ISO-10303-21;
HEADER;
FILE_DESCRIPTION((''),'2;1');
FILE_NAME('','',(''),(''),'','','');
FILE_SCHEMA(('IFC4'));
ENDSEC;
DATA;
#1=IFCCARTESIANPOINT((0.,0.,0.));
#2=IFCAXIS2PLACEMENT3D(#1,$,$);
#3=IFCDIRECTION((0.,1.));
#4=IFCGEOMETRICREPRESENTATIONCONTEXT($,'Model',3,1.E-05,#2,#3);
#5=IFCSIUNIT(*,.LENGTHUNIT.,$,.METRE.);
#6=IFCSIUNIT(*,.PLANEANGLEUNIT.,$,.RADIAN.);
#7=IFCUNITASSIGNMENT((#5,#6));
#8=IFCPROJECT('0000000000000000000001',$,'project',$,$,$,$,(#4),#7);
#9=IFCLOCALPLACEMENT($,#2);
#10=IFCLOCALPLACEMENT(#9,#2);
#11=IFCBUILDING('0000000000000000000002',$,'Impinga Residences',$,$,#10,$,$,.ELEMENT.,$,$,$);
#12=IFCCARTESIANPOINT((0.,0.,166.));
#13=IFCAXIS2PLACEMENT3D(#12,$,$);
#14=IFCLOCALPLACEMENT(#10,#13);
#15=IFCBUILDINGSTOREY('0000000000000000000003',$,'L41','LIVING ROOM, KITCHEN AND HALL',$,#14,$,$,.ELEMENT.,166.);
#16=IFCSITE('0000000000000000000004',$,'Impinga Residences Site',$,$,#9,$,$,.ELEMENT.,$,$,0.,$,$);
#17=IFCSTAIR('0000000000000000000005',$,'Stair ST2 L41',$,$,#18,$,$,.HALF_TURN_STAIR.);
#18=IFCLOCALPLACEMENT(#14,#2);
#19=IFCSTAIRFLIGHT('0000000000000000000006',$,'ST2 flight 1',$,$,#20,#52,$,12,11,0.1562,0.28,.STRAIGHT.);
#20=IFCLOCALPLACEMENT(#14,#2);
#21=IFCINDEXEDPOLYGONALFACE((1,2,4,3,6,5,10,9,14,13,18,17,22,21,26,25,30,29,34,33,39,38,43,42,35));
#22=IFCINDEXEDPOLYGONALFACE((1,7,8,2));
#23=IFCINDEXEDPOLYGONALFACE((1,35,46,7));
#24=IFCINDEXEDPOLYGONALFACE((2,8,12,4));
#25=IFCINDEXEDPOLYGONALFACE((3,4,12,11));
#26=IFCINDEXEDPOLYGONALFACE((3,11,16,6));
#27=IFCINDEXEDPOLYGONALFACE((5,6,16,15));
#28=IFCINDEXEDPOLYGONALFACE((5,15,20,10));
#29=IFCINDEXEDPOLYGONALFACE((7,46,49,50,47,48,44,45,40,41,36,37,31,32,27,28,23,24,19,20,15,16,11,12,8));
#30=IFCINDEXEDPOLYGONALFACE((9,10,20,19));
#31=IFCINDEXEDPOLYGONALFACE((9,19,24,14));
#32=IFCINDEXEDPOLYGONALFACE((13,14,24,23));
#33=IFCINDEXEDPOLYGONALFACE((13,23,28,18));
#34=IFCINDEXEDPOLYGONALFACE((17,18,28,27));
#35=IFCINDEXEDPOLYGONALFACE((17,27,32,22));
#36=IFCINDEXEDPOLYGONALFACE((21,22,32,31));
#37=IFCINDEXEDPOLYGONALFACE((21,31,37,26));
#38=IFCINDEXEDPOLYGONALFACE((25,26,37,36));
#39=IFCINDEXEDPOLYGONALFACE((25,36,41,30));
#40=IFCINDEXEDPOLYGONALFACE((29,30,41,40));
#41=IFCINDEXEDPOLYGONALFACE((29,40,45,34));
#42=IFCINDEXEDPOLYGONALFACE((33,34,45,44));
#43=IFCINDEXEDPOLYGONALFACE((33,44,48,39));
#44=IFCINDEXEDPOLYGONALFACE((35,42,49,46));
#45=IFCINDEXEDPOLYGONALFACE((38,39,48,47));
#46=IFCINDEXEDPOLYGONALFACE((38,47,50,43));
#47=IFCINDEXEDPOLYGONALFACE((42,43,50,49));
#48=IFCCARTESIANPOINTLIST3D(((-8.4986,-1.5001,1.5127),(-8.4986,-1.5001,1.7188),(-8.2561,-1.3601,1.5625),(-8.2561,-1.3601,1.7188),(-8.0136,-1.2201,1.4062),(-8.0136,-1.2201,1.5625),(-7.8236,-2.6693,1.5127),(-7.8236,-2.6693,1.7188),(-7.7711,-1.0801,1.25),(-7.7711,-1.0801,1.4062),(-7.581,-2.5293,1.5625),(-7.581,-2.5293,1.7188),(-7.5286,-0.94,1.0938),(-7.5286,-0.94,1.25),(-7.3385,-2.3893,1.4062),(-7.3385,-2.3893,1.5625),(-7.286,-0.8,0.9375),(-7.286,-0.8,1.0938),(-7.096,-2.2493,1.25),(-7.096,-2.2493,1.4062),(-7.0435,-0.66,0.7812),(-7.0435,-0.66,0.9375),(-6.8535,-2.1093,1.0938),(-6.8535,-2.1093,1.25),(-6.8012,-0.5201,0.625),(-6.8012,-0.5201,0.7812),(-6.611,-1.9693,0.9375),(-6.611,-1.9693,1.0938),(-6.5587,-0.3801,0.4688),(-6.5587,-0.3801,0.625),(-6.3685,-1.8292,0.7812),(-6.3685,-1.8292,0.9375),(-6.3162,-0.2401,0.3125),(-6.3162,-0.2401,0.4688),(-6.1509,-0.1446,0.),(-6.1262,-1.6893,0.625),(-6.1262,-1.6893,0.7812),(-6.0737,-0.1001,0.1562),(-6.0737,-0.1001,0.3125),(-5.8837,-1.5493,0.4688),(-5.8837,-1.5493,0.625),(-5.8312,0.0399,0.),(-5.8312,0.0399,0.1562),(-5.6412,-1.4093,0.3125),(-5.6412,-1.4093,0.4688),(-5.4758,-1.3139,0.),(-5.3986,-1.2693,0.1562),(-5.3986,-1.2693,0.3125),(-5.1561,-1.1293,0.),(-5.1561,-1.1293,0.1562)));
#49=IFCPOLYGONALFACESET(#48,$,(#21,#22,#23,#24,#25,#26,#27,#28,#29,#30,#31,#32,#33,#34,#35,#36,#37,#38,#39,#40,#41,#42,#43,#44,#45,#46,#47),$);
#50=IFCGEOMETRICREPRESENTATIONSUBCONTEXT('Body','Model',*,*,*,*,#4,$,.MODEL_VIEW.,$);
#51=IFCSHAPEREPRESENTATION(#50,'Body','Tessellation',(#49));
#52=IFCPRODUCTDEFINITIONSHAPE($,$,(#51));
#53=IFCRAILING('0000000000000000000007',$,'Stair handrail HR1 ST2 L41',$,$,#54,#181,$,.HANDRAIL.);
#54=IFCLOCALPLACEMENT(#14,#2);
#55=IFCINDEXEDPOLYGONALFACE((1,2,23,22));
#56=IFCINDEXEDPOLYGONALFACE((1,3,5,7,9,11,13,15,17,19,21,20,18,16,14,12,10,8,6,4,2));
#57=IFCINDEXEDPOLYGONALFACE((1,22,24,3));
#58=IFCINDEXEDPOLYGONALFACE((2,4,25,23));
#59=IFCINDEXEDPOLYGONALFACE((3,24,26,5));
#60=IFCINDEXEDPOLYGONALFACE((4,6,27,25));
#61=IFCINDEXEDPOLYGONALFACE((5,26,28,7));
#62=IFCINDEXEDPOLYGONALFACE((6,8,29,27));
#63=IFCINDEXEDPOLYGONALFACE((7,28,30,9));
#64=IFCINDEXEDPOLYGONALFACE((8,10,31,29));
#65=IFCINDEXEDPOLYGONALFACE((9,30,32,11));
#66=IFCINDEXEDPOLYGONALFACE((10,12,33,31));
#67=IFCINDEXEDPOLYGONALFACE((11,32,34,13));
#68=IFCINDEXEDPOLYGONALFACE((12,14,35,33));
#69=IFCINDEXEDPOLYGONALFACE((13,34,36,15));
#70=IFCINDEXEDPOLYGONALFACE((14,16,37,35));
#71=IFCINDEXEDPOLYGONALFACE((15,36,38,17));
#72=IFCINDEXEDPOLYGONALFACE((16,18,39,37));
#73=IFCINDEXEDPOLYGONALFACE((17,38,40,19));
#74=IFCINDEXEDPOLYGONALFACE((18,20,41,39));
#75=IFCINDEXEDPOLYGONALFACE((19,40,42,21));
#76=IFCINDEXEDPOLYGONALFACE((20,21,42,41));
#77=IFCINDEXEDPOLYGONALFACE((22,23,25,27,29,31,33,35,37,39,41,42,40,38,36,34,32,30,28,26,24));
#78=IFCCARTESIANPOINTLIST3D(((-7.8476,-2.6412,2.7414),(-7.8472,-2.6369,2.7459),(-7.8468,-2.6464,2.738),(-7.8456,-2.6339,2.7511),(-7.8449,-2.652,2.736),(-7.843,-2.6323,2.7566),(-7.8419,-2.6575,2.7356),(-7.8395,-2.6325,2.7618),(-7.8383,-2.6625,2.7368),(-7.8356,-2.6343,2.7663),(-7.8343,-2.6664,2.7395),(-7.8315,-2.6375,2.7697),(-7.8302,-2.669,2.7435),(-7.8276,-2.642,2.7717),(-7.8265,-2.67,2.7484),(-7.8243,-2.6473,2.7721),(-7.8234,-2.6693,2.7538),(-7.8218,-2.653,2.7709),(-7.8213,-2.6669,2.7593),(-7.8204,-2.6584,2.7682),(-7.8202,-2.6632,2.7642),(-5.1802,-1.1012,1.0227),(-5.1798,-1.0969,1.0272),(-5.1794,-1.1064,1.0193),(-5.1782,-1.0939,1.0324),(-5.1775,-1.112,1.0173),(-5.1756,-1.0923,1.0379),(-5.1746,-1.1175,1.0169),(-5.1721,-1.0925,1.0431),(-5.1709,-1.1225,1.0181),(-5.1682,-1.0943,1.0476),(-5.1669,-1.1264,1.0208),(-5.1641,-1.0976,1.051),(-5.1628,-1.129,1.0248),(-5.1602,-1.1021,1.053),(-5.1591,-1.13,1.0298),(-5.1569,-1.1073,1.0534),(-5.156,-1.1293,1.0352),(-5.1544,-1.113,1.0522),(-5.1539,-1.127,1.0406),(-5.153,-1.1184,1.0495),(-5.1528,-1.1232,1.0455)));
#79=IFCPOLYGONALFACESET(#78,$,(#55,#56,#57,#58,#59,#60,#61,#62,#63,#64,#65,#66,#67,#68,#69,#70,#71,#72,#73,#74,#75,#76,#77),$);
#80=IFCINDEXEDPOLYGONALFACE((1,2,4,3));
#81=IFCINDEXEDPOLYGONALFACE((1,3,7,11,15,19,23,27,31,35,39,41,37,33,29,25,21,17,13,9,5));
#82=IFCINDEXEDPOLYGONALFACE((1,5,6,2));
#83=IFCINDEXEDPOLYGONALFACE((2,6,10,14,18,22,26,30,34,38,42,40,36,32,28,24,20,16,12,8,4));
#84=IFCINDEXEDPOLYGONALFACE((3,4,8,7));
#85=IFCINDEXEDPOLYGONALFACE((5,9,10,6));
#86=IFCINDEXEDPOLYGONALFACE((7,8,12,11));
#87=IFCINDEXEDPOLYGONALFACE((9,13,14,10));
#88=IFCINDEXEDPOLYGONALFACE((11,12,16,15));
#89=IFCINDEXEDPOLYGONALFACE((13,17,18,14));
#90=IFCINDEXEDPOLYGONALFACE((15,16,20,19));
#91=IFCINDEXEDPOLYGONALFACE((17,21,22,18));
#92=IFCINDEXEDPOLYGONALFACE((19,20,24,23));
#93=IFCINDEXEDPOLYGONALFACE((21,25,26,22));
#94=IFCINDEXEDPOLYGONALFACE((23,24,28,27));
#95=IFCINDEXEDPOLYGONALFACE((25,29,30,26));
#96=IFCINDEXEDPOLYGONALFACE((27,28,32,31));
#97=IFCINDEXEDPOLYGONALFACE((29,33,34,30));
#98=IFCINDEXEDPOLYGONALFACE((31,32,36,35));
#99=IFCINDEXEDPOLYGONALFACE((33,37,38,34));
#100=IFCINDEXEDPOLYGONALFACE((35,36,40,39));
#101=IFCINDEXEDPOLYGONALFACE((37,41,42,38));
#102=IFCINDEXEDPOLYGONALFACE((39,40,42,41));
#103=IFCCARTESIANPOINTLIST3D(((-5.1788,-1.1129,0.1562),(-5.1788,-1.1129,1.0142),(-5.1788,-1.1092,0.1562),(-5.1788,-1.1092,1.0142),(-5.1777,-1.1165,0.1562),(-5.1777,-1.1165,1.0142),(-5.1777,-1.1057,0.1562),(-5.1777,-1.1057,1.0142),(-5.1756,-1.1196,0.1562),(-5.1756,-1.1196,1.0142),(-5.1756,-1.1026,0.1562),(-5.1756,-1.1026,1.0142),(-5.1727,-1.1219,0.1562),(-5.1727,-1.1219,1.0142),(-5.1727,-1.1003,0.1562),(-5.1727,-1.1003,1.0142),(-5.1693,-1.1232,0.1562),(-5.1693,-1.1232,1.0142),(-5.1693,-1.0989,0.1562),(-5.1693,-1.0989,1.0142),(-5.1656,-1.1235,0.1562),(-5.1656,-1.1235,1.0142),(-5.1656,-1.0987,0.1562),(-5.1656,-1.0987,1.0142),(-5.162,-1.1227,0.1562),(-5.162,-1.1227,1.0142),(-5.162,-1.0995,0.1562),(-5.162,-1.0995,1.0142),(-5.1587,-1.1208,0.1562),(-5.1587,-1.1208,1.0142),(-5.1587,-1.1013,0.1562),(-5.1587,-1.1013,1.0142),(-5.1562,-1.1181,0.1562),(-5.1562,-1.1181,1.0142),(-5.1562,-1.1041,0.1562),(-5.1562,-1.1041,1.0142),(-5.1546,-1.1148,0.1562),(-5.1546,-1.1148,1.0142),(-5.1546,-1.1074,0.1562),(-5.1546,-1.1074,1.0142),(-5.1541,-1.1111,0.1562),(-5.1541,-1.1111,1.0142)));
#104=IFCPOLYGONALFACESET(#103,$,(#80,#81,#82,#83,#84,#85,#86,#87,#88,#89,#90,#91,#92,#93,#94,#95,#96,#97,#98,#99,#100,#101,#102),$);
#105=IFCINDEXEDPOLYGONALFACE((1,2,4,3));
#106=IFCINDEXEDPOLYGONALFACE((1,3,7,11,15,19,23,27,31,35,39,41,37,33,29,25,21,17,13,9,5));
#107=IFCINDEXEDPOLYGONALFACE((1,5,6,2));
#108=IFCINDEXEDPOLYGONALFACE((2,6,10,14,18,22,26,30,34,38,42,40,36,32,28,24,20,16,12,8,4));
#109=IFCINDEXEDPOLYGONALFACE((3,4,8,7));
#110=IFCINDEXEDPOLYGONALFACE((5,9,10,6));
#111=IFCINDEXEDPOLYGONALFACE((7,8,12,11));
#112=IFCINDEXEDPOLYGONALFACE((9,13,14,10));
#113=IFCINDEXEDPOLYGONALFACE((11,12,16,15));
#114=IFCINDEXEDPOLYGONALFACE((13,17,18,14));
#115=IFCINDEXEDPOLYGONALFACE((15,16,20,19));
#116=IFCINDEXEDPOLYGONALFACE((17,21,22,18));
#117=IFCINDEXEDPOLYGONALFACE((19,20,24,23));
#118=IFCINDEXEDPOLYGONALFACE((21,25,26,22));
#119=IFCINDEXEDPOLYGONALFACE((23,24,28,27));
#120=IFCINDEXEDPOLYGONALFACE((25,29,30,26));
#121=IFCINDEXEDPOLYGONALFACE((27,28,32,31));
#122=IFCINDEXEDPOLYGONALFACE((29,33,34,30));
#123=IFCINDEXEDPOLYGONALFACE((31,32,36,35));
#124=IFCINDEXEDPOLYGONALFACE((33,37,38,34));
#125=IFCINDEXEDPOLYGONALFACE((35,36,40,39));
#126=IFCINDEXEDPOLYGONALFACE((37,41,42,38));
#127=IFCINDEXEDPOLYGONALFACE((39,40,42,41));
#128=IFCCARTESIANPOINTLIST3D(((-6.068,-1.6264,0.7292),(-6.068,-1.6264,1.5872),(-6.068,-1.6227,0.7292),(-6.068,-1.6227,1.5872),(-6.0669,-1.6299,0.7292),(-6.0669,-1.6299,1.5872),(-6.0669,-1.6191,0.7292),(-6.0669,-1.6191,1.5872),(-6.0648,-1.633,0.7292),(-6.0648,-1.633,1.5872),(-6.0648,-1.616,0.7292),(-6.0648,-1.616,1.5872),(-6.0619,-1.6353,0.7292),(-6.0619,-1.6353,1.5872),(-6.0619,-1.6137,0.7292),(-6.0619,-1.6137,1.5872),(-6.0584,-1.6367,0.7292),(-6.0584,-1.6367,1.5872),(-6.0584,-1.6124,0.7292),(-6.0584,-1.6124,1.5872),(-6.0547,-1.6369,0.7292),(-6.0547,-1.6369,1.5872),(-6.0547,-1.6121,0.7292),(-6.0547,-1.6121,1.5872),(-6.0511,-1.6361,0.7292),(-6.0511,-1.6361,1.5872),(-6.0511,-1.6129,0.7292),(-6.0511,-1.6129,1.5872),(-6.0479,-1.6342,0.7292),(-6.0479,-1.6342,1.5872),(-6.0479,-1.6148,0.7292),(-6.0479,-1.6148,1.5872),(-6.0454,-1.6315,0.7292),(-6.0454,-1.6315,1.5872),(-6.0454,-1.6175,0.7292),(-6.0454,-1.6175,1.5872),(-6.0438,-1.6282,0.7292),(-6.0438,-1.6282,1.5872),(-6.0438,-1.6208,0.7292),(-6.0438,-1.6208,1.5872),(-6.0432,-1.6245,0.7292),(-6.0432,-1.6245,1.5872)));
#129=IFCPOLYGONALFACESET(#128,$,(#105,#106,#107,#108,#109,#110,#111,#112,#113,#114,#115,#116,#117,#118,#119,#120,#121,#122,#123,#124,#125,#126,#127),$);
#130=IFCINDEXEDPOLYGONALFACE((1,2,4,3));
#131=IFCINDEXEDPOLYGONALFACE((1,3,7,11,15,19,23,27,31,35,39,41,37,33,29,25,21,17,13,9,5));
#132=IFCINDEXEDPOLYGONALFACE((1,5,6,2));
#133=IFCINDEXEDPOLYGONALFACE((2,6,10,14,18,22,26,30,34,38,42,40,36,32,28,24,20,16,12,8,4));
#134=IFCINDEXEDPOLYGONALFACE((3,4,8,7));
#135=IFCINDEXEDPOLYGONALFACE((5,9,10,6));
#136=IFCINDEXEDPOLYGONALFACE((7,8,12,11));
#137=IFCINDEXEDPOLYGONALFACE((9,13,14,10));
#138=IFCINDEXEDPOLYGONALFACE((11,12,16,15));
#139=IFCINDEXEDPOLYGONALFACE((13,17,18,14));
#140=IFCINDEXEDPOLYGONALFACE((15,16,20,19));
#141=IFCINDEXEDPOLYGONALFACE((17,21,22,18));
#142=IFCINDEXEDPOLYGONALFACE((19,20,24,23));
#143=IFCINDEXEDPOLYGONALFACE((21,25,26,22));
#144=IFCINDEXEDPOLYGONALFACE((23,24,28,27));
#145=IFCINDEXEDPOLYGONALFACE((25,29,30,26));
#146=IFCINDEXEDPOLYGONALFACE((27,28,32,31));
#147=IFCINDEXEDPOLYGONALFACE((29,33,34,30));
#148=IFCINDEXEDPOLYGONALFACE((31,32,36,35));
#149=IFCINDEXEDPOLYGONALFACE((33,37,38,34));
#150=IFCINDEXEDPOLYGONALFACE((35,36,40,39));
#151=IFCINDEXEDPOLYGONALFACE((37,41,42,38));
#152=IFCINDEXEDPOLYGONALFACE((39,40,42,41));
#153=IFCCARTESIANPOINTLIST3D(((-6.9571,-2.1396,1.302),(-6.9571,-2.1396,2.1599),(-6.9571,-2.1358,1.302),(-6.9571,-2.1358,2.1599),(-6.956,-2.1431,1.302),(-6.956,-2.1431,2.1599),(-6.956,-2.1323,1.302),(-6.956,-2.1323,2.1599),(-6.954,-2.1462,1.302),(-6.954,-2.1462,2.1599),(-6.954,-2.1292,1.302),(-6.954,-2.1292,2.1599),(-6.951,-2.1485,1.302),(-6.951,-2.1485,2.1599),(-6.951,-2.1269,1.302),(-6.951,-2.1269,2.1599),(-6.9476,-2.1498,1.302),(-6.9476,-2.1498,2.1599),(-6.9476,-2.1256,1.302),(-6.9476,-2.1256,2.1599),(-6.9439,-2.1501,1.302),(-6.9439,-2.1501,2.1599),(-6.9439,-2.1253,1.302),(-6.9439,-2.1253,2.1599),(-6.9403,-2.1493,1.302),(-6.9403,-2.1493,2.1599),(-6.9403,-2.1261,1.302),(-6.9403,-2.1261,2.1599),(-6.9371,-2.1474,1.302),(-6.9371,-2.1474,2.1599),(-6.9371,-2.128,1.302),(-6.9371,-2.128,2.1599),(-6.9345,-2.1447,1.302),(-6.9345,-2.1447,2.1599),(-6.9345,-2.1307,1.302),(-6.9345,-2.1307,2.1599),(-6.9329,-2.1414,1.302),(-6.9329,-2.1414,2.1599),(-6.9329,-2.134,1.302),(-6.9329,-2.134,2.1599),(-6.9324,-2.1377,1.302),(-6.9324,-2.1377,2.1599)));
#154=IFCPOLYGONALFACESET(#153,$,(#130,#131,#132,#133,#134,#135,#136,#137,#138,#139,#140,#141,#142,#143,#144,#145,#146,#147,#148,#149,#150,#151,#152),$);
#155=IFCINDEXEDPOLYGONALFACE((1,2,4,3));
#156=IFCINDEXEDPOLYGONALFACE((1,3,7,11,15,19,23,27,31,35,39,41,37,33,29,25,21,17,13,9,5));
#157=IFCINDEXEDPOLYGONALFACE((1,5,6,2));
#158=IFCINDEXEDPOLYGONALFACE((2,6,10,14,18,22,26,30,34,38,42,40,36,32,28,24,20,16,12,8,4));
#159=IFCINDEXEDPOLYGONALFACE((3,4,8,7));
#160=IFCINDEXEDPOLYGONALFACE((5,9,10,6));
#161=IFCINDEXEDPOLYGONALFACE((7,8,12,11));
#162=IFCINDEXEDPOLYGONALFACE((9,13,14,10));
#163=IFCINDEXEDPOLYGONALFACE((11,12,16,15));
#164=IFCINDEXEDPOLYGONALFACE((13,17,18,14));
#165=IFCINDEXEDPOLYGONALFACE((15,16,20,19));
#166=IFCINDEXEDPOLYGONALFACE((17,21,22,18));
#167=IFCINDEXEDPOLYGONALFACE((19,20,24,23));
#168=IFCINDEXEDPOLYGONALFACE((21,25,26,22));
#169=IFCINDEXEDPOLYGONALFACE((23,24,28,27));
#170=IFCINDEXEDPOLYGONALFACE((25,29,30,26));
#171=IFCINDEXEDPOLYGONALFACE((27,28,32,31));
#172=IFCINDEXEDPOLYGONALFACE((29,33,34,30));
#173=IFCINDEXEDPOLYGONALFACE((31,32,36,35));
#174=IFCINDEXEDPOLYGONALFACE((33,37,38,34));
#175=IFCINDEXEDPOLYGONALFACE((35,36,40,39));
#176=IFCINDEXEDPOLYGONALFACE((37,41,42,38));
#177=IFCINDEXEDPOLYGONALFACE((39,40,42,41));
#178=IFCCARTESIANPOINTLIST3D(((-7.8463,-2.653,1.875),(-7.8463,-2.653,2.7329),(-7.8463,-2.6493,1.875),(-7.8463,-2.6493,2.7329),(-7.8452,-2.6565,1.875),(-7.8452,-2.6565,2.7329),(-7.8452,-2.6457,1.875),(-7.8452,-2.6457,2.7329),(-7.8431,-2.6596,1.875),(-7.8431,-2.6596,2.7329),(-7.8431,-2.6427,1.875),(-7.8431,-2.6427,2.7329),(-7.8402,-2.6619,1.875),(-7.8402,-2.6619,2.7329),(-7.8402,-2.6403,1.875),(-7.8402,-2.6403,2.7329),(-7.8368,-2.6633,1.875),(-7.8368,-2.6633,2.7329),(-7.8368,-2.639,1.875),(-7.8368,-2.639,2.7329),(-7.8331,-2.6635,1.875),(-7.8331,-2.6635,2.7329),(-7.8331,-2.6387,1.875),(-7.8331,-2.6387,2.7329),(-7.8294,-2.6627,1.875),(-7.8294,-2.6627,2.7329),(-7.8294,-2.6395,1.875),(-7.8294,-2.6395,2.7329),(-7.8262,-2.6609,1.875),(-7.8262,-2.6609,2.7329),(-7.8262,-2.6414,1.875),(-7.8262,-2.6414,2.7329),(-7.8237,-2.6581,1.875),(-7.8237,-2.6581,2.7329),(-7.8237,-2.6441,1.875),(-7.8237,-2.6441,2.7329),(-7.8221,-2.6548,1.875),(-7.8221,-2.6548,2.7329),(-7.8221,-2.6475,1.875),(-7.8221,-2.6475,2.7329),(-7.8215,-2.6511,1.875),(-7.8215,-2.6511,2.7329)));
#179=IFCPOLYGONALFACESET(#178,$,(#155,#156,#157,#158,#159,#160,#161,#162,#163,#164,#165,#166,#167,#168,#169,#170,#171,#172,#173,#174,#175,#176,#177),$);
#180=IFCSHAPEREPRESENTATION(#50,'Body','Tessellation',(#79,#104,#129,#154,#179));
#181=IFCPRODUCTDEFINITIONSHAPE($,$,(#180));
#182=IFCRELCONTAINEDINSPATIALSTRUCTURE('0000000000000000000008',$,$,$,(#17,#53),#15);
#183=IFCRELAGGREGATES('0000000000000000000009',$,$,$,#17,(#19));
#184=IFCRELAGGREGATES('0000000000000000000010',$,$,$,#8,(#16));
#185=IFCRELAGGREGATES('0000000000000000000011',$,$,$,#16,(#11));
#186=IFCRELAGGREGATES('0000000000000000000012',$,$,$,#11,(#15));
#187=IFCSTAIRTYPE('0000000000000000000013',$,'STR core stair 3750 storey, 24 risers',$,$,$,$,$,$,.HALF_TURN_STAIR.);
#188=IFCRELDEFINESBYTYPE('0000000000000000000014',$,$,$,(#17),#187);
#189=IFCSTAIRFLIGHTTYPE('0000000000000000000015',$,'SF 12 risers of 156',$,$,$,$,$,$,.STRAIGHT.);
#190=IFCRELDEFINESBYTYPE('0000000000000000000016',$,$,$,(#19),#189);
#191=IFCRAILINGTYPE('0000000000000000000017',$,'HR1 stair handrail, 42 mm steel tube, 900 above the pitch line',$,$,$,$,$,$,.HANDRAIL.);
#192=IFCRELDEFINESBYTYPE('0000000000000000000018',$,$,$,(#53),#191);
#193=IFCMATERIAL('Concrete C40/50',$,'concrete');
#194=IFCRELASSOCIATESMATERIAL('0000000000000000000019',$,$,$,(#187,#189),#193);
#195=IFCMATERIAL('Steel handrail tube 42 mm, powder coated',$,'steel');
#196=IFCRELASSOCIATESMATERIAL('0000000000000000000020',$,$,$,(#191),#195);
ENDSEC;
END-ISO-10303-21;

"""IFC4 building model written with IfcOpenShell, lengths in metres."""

from ifc_helpers import new_model, si_unit, direction, frame, origin, origin_2d, place, context, subcontext, project, spatial, polyline, circle, outline, extrude, material, type_object, element, aggregate, save


model = new_model("IFC4")

# Units and contexts
model_context = context("Model", 3, precision=1e-05, world=origin(), true_north=direction((0.0, 1.0)))
body_context = subcontext(model_context, "Body", "Model", "MODEL_VIEW")
ifc_project = project(units=[si_unit("LENGTHUNIT", "METRE"), si_unit("PLANEANGLEUNIT", "RADIAN")], contexts=[model_context])

# Site, building, storey
site_placement = place(None, origin())
site = spatial("IfcSite", under=ifc_project, at=site_placement, Name="Impinga Residences Site", CompositionType="ELEMENT", RefElevation=0.0)
building_placement = place(site_placement, origin())
building = spatial("IfcBuilding", under=site, at=building_placement, Name="Impinga Residences", CompositionType="ELEMENT")
storey_placement = place(building_placement, frame((0.0, 0.0, 166.0)))
storey = spatial("IfcBuildingStorey", under=building, at=storey_placement, Name="L41", Description="LIVING ROOM, KITCHEN AND HALL", CompositionType="ELEMENT", Elevation=166.0)

# Stair
ifc_material_1 = material(Name="Concrete C40/50", Category="concrete")
stair_type_1 = type_object("IfcStairType", Name="STR core stair 3750 storey, 24 risers", PredefinedType="HALF_TURN_STAIR", material=ifc_material_1)
stair_1_placement = place(storey_placement, origin())
stair_1 = element("IfcStair", 1, at=stair_1_placement, inside=storey, type_object=stair_type_1, Name="Stair ST2 L41", PredefinedType="HALF_TURN_STAIR")

# Stair flight
stair_flight_type = type_object("IfcStairFlightType", Name="SF 12 risers of 156", PredefinedType="STRAIGHT", material=ifc_material_1)
stair_flight_placement = place(storey_placement, frame((-5.4937, -0.5447, 0.0), z_axis=(0.0, 0.0, 1.0), x_axis=(-0.866025, -0.5, 0.0)))
stair_flight = element("IfcStairFlight", 2, at=stair_flight_placement, type_object=stair_flight_type, Name="ST2 flight 1", NumberOfRisers=12, NumberOfTreads=11, PredefinedType="STRAIGHT", RiserHeight=0.1562, TreadLength=0.28, context=body_context, shape_type="SweptSolid", body=[
    extrude(outline(polyline([(0.0, 0.0), (0.0, 0.1562), (0.28, 0.1562), (0.28, 0.3125), (0.5601, 0.3125), (0.5601, 0.4688), (0.8401, 0.4688), (0.8401, 0.625), (1.1201, 0.625), (1.1201, 0.7812), (1.3999, 0.7812), (1.3999, 0.9375), (1.6799, 0.9375), (1.6799, 1.0938), (1.96, 1.0938), (1.96, 1.25), (2.24, 1.25), (2.24, 1.4062), (2.52, 1.4062), (2.52, 1.5625), (2.8, 1.5625), (2.8, 1.7188), (3.0801, 1.7188), (3.0801, 1.875), (3.0801, 1.5127), (0.3691, 0.0), (0.0, 0.0)])), frame((0.0, 0.675, 0.0), z_axis=(0.0, -1.0, 0.0), x_axis=(1.0, 0.0, 0.0)), (0.0, 0.0, 1.0), 1.3501),
])
aggregate(stair_1, [stair_flight])

# Railing
ifc_material_2 = material(Name="Steel handrail tube 42 mm, powder coated", Category="steel")
railing_type = type_object("IfcRailingType", Name="HR1 stair handrail, 42 mm steel tube, 900 above the pitch line", PredefinedType="HANDRAIL", material=ifc_material_2)
railing_placement = place(storey_placement, frame((-5.1665, -1.1111, 0.1562)))
element("IfcRailing", 3, at=railing_placement, inside=storey, type_object=railing_type, Name="Stair handrail HR1 ST2 L41", PredefinedType="HANDRAIL", context=body_context, shape_type="SweptSolid", body=[
    extrude(circle(Radius=0.021, at=origin_2d()), frame((0.0, 0.0, 0.8789), z_axis=(-0.756256, -0.436616, 0.487282), x_axis=(0.499992, -0.86603, 0.0)), (0.0, 0.0, 1.0), 3.5271),
    extrude(circle(Radius=0.0125, at=origin_2d()), origin(), (0.0, 0.0, 1.0), 0.8579),
    extrude(circle(Radius=0.0125, at=origin_2d()), frame((-0.8892, -0.5134, 0.573)), (0.0, 0.0, 1.0), 0.8579),
    extrude(circle(Radius=0.0125, at=origin_2d()), frame((-1.7783, -1.0266, 1.1458)), (0.0, 0.0, 1.0), 0.8579),
    extrude(circle(Radius=0.0125, at=origin_2d()), frame((-2.6675, -1.54, 1.7188)), (0.0, 0.0, 1.0), 0.8579),
])

save(model, "model.ifc")
